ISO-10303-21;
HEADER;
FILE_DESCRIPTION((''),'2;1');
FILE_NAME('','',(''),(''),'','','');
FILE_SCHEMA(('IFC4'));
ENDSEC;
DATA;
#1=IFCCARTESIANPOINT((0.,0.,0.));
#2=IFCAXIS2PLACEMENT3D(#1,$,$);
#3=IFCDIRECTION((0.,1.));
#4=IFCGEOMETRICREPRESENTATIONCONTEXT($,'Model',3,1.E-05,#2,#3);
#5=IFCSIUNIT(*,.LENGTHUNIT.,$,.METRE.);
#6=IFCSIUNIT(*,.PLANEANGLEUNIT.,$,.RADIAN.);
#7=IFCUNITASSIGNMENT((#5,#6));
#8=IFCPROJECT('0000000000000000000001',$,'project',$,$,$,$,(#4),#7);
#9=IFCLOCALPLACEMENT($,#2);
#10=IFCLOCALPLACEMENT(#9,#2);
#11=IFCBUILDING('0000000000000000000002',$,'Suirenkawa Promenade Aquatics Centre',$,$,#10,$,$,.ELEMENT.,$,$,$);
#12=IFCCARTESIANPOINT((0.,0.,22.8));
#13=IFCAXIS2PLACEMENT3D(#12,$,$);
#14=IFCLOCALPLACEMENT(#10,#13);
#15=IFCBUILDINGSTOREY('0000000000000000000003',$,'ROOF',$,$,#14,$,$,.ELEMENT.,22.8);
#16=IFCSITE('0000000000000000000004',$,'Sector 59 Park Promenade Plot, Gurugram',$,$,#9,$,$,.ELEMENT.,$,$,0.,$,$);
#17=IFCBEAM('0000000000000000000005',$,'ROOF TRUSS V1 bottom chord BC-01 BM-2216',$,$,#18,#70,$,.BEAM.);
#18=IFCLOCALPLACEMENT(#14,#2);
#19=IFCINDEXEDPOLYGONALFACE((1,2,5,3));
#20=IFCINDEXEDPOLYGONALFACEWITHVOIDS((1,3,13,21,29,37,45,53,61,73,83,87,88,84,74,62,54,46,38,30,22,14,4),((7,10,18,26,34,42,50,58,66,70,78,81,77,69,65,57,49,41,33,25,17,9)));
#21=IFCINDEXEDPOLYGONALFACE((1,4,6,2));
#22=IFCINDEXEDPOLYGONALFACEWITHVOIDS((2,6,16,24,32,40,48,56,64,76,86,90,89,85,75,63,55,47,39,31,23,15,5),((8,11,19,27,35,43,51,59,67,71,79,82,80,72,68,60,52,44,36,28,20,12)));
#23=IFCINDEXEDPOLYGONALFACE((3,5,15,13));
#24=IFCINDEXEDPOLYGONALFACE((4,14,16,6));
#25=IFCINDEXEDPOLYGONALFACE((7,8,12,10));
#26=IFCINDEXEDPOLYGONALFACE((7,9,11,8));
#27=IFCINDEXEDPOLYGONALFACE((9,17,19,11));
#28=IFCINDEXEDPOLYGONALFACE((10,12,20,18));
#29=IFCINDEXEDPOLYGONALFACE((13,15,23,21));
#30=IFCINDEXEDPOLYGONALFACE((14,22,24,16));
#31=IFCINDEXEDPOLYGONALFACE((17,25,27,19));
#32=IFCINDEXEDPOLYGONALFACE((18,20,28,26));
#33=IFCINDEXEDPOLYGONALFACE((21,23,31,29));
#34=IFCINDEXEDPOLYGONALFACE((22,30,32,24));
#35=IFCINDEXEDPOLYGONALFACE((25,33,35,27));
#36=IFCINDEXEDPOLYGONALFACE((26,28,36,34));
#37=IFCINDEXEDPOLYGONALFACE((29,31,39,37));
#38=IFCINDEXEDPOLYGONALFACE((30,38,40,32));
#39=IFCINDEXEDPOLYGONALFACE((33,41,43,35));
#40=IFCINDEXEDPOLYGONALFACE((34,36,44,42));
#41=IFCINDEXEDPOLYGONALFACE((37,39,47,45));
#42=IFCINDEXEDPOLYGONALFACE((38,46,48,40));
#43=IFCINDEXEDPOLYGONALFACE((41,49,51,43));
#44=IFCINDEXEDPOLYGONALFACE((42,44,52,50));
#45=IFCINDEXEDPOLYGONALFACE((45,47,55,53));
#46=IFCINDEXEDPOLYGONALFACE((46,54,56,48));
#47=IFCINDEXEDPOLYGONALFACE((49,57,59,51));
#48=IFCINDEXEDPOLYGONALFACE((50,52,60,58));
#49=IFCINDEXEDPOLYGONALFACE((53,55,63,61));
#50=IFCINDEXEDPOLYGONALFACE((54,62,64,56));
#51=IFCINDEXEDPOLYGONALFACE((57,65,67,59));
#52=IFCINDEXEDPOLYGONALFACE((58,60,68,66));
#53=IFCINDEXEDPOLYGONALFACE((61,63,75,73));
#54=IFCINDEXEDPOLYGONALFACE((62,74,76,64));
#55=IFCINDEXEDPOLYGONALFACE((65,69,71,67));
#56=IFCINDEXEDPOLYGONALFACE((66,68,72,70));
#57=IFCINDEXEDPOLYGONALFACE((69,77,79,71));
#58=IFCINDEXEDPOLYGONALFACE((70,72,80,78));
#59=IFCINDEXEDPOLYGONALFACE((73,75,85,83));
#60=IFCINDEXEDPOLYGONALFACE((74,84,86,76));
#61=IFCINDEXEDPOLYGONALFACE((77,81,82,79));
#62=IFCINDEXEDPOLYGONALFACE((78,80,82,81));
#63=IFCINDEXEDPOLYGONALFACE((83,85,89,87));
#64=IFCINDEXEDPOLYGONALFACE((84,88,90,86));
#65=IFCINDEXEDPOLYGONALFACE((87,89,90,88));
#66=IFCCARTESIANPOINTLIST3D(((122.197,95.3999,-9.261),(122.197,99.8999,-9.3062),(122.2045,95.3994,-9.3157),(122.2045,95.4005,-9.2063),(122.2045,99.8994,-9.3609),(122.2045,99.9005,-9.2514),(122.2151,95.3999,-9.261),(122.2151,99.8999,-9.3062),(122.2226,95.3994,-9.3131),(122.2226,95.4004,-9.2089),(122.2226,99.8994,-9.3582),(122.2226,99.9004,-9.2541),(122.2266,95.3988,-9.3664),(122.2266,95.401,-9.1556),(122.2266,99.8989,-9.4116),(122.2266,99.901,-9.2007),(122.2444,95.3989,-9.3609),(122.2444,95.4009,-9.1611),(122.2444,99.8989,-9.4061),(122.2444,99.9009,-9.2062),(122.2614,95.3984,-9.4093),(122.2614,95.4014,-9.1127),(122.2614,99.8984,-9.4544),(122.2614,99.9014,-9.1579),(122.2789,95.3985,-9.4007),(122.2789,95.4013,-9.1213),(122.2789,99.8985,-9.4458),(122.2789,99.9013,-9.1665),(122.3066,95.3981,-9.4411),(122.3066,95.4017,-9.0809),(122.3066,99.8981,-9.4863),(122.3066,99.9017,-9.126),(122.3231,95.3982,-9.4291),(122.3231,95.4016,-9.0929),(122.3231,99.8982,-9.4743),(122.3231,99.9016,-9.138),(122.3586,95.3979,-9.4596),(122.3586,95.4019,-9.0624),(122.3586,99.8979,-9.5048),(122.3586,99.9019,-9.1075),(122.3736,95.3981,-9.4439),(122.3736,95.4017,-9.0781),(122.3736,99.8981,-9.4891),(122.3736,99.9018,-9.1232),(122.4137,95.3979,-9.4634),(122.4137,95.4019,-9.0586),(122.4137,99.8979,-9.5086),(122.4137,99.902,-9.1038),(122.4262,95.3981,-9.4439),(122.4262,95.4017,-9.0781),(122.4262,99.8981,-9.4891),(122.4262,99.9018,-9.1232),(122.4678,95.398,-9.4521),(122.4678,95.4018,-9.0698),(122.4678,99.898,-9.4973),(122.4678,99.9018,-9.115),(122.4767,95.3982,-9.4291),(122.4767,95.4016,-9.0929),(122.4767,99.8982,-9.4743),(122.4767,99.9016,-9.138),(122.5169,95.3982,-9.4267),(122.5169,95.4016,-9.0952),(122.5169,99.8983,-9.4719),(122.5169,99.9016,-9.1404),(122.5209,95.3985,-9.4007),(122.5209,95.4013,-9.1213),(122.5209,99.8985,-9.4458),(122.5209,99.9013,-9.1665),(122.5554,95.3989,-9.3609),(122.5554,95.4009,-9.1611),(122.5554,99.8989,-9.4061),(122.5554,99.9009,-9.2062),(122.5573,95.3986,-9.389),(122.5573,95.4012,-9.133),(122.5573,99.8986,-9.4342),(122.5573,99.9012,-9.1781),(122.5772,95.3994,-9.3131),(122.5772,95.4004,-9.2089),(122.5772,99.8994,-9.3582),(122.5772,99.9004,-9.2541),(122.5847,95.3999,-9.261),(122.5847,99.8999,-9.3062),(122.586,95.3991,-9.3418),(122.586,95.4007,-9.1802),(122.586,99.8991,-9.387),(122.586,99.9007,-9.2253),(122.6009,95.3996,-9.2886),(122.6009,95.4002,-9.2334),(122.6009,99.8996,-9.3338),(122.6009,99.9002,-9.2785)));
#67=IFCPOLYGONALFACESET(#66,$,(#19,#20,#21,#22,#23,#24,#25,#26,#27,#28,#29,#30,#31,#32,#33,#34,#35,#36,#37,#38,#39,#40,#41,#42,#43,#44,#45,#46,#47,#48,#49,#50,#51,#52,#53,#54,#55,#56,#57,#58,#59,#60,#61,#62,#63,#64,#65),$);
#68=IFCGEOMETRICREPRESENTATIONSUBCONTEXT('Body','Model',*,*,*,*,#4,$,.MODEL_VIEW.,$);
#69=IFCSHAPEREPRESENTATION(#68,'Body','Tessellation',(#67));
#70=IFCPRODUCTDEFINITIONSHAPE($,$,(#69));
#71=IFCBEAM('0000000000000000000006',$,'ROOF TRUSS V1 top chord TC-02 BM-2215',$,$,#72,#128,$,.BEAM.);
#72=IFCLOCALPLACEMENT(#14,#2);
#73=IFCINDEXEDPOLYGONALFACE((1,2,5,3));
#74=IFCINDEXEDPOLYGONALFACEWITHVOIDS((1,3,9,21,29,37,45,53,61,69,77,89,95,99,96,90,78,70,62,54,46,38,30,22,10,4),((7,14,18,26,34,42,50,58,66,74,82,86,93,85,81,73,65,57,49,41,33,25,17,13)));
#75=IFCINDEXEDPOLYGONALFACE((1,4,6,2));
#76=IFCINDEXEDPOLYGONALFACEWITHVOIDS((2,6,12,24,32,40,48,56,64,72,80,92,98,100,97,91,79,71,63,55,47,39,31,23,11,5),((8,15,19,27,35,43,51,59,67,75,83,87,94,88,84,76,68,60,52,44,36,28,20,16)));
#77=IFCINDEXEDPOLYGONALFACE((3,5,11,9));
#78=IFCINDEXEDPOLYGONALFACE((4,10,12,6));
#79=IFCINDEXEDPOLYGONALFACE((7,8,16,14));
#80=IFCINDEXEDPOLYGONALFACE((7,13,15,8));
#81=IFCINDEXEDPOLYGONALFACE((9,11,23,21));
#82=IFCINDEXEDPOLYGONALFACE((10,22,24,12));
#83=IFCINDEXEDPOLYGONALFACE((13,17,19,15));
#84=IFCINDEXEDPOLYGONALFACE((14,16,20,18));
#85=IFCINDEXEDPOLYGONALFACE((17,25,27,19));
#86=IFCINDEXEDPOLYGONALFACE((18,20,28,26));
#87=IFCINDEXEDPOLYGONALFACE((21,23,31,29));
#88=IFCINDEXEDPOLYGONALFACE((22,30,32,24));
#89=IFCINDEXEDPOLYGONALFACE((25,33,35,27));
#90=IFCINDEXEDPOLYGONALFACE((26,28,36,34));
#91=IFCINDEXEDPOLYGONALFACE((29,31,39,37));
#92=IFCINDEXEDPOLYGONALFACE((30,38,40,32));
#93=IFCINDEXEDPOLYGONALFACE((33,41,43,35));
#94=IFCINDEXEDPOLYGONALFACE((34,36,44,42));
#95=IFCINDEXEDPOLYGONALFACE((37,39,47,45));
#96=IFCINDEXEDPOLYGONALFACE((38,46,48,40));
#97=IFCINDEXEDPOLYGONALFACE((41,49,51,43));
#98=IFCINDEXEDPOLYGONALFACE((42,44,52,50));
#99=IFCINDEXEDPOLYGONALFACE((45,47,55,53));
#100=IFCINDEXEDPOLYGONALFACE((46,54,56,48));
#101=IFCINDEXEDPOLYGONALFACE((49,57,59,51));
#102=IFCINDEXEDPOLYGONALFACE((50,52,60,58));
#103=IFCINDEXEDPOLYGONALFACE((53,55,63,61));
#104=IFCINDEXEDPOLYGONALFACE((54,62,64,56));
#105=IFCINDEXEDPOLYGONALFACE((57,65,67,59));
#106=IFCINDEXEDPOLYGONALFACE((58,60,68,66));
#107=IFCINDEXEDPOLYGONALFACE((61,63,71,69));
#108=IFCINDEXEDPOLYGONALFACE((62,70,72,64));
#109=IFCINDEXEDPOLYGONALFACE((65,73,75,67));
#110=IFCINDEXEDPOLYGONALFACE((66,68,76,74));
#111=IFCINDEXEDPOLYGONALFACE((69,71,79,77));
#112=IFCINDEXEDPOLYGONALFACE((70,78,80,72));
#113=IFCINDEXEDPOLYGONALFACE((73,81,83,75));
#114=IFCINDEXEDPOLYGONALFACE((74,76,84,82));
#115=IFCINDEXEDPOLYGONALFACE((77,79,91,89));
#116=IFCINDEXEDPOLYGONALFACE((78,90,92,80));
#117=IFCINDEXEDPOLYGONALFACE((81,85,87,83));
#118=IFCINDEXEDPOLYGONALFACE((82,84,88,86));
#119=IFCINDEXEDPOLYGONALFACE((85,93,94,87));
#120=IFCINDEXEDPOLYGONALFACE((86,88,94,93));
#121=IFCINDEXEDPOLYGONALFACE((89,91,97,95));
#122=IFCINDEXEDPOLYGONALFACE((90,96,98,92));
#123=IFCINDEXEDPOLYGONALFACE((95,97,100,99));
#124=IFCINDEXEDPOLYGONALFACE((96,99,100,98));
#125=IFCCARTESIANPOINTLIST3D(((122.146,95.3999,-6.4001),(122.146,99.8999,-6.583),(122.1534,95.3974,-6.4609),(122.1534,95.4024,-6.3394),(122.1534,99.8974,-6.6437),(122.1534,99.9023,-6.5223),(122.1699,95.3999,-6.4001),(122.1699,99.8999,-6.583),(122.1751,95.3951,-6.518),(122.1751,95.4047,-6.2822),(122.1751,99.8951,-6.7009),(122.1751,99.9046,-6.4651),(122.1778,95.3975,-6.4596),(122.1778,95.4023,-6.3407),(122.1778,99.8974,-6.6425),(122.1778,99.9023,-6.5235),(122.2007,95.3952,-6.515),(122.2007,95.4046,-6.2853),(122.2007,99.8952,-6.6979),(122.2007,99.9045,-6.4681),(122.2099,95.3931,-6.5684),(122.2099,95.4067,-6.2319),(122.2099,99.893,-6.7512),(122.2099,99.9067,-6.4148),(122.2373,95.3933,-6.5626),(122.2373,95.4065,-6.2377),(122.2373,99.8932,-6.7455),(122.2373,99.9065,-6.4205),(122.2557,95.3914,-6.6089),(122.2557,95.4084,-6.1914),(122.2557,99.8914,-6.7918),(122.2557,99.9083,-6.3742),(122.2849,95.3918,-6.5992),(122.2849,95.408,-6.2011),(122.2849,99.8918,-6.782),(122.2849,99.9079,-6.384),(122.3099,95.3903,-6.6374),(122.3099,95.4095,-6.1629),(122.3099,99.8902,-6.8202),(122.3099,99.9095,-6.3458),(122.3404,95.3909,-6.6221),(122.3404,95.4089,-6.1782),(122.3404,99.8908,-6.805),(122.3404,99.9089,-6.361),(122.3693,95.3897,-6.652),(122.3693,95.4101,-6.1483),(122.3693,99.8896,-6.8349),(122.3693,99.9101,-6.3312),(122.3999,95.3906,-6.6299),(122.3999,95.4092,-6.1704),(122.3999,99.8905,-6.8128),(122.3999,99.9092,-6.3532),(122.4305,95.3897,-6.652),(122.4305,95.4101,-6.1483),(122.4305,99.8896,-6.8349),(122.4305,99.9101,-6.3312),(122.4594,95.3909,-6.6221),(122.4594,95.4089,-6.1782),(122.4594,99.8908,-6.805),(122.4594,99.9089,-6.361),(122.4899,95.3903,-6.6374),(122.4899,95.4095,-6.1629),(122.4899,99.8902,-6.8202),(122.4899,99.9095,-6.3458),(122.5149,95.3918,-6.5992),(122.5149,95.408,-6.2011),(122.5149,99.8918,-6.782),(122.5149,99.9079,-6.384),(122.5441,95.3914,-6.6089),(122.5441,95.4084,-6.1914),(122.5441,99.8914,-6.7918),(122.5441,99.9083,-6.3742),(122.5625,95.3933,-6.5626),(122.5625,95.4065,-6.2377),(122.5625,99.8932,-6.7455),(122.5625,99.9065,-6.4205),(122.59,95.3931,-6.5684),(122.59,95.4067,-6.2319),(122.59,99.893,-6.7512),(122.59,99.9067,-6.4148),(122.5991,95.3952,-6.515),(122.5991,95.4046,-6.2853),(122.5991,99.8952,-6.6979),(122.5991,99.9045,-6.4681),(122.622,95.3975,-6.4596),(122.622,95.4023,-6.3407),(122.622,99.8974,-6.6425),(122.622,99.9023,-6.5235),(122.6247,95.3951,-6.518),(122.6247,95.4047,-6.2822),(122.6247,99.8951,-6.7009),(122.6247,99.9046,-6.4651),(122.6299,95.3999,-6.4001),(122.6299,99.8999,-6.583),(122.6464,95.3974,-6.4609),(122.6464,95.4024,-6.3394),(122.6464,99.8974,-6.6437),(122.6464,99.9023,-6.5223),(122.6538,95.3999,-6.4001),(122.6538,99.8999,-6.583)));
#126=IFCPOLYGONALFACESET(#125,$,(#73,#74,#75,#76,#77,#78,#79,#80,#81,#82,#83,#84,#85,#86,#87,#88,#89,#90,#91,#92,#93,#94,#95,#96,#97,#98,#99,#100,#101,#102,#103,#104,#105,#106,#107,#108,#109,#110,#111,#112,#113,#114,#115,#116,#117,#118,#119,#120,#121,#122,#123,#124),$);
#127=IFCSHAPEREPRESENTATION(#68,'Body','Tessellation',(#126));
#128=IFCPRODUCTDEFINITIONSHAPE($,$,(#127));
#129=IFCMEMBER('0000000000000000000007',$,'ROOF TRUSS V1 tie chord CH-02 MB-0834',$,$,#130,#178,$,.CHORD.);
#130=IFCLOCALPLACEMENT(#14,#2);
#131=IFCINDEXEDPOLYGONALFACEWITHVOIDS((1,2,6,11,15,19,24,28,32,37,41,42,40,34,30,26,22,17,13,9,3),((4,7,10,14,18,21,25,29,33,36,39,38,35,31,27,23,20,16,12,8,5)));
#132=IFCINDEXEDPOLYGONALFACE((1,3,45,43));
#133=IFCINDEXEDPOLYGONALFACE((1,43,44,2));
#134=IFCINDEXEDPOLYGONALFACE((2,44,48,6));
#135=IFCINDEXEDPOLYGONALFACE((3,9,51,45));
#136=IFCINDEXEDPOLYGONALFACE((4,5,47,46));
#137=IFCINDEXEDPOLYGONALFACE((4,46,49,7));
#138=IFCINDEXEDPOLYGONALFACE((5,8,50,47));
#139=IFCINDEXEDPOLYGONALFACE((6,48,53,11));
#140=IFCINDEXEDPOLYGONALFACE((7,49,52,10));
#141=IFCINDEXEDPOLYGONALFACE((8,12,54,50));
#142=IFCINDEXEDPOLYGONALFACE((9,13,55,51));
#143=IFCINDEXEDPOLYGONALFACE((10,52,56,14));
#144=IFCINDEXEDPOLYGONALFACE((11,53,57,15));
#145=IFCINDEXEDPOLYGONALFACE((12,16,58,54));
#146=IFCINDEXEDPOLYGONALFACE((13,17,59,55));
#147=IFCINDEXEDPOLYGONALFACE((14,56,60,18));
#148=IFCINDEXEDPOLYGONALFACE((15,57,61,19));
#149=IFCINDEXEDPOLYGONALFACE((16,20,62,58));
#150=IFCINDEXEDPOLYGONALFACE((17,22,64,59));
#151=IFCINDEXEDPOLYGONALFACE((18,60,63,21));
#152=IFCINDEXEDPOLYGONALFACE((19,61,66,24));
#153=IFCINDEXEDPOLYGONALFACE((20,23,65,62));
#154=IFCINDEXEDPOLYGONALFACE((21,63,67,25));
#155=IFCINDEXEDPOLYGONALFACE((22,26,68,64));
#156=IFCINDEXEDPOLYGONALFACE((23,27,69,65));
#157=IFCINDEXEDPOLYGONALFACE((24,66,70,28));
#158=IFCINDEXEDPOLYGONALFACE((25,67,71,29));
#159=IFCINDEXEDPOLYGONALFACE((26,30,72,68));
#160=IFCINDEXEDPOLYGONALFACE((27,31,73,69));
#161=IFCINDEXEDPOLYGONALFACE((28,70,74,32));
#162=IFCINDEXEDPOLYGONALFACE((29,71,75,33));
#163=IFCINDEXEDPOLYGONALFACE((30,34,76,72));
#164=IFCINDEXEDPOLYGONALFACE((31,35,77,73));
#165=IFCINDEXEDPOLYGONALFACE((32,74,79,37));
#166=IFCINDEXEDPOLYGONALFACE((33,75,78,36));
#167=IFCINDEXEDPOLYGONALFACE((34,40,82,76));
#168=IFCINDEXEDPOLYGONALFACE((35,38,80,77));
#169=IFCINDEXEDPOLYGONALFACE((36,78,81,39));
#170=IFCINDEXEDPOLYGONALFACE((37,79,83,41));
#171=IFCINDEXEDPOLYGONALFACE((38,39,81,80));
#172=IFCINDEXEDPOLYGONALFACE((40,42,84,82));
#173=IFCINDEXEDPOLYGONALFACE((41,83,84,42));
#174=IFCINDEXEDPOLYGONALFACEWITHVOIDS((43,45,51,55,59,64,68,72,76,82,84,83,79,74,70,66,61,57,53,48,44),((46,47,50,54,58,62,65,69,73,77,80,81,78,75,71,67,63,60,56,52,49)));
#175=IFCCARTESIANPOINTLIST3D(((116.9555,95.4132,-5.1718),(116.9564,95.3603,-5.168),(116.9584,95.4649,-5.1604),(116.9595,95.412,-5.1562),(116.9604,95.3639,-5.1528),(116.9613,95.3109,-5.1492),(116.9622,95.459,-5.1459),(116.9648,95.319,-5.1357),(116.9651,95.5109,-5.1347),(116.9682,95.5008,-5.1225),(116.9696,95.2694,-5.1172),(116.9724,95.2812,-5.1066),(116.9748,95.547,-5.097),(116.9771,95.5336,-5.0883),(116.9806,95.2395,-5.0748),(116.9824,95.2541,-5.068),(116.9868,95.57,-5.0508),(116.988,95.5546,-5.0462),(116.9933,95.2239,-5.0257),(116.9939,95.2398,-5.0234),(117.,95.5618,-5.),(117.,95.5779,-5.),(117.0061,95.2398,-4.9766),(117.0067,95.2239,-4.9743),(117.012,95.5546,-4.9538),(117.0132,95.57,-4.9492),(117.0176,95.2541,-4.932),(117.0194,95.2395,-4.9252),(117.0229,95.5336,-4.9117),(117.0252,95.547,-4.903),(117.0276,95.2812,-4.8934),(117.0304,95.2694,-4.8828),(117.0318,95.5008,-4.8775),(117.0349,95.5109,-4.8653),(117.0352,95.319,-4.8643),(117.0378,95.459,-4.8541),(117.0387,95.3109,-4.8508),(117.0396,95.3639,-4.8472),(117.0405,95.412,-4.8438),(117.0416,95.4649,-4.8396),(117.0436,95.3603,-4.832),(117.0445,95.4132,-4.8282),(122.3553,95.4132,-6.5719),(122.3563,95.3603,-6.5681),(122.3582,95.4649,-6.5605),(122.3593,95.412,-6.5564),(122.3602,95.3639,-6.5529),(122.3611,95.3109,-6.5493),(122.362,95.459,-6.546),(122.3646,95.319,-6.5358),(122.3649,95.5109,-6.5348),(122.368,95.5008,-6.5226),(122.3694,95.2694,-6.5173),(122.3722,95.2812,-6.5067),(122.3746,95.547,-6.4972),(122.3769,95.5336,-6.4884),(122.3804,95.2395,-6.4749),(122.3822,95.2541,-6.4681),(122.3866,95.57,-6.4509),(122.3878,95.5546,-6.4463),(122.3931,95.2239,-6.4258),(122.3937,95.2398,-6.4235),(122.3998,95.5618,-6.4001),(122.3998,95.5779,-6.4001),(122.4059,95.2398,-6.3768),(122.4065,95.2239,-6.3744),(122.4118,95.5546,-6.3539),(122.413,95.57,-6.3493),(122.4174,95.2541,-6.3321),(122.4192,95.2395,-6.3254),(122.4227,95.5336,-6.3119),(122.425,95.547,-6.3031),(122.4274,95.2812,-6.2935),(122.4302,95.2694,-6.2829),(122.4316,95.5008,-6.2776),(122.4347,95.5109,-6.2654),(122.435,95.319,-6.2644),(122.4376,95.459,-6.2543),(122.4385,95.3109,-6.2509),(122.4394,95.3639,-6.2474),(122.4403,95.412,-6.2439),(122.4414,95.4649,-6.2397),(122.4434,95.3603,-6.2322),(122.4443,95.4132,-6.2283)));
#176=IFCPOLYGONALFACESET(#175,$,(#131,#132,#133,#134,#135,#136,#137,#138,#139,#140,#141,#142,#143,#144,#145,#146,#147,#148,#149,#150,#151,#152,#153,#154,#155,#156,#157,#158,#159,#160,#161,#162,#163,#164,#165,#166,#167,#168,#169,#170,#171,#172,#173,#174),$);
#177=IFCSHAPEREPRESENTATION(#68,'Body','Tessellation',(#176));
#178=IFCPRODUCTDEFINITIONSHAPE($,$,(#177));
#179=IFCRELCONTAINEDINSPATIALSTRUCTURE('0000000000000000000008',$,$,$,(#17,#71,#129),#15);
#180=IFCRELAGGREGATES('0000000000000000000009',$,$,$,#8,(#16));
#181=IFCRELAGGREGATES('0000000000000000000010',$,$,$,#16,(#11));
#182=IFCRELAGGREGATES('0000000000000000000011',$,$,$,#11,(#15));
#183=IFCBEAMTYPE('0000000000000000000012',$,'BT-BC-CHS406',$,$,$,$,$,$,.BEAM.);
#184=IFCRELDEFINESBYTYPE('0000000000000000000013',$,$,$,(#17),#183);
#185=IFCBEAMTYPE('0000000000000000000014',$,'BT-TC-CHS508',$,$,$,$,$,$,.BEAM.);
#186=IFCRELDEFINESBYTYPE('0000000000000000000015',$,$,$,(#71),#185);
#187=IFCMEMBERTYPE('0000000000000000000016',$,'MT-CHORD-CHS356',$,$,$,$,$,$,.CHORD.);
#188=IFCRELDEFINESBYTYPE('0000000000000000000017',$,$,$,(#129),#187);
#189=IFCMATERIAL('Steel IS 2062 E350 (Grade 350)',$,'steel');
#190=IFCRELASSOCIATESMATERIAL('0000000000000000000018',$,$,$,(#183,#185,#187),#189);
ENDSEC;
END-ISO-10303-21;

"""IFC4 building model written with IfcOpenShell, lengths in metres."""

from ifc_helpers import new_model, si_unit, direction, frame, origin, origin_2d, place, context, subcontext, project, spatial, hollow_circle, extrude, material, material_profile, profile_set, type_object, element, save


model = new_model("IFC4")

# Units and contexts
model_context = context("Model", 3, precision=1e-05, world=origin(), true_north=direction((0.0, 1.0)))
body_context = subcontext(model_context, "Body", "Model", "MODEL_VIEW")
ifc_project = project(units=[si_unit("LENGTHUNIT", "METRE"), si_unit("PLANEANGLEUNIT", "RADIAN")], contexts=[model_context])

# Site, building, storey
site_placement = place(None, origin())
site = spatial("IfcSite", under=ifc_project, at=site_placement, Name="Sector 59 Park Promenade Plot, Gurugram", CompositionType="ELEMENT", RefElevation=0.0)
building_placement = place(site_placement, origin())
building = spatial("IfcBuilding", under=site, at=building_placement, Name="Suirenkawa Promenade Aquatics Centre", CompositionType="ELEMENT")
storey_placement = place(building_placement, frame((0.0, 0.0, 22.8)))
storey = spatial("IfcBuildingStorey", under=building, at=storey_placement, Name="ROOF", CompositionType="ELEMENT", Elevation=22.8)

# Beams
ifc_material_1 = material(Name="Steel IS 2062 E350 (Grade 350)", Category="steel")
ifc_material_profile_1 = material_profile(ifc_material_1, hollow_circle(Radius=0.2029, WallThickness=0.0181, at=origin_2d()), Name="CHS 406x18", Category="steel")
ifc_profile_set_1 = profile_set([ifc_material_profile_1], Name="Steel IS 2062 E350 (Grade 350)")
beam_type_1 = type_object("IfcBeamType", Name="BT-BC-CHS406", PredefinedType="BEAM", material=ifc_profile_set_1)
beam_1_placement = place(storey_placement, frame((122.3999, 95.3999, -9.261), z_axis=(0.0, 0.99995, -0.010036), x_axis=(-1.0, 0.0, 0.0)))
element("IfcBeam", 1, at=beam_1_placement, inside=storey, type_object=beam_type_1, Name="ROOF TRUSS V1 bottom chord BC-01 BM-2216", PredefinedType="BEAM", context=body_context, shape_type="SweptSolid", body=[
    extrude(hollow_circle(Radius=0.2029, WallThickness=0.0181, at=origin_2d()), origin(), (0.0, 0.0, 1.0), 4.5002),
])
ifc_material_profile_2 = material_profile(ifc_material_1, hollow_circle(Radius=0.2539, WallThickness=0.0239, at=origin_2d()), Name="CHS 508x24", Category="steel")
ifc_profile_set_2 = profile_set([ifc_material_profile_2], Name="Steel IS 2062 E350 (Grade 350)")
beam_type_2 = type_object("IfcBeamType", Name="BT-TC-CHS508", PredefinedType="BEAM", material=ifc_profile_set_2)
beam_2_placement = place(storey_placement, frame((122.3999, 95.3999, -6.4001), z_axis=(0.0, 0.999175, -0.040602), x_axis=(-1.0, 0.0, 0.0)))
element("IfcBeam", 2, at=beam_2_placement, inside=storey, type_object=beam_type_2, Name="ROOF TRUSS V1 top chord TC-02 BM-2215", PredefinedType="BEAM", context=body_context, shape_type="SweptSolid", body=[
    extrude(hollow_circle(Radius=0.2539, WallThickness=0.0239, at=origin_2d()), origin(), (0.0, 0.0, 1.0), 4.5037),
])

# Member
ifc_material_profile_3 = material_profile(ifc_material_1, hollow_circle(Radius=0.178, WallThickness=0.0161, at=origin_2d()), Name="CHS 356x16", Category="steel")
ifc_profile_set_3 = profile_set([ifc_material_profile_3], Name="Steel IS 2062 E350 (Grade 350)")
member_type_1 = type_object("IfcMemberType", Name="MT-CHORD-CHS356", PredefinedType="CHORD", material=ifc_profile_set_3)
member_1_placement = place(storey_placement, frame((117.0, 95.3999, -5.0), z_axis=(0.967989, 0.0, -0.250991), x_axis=(0.0, 1.0, 0.0)))
element("IfcMember", 3, at=member_1_placement, inside=storey, type_object=member_type_1, Name="ROOF TRUSS V1 tie chord CH-02 MB-0834", PredefinedType="CHORD", context=body_context, shape_type="SweptSolid", body=[
    extrude(hollow_circle(Radius=0.178, WallThickness=0.0161, at=origin_2d()), origin(), (0.0, 0.0, 1.0), 5.5784),
])

save(model, "model.ifc")
